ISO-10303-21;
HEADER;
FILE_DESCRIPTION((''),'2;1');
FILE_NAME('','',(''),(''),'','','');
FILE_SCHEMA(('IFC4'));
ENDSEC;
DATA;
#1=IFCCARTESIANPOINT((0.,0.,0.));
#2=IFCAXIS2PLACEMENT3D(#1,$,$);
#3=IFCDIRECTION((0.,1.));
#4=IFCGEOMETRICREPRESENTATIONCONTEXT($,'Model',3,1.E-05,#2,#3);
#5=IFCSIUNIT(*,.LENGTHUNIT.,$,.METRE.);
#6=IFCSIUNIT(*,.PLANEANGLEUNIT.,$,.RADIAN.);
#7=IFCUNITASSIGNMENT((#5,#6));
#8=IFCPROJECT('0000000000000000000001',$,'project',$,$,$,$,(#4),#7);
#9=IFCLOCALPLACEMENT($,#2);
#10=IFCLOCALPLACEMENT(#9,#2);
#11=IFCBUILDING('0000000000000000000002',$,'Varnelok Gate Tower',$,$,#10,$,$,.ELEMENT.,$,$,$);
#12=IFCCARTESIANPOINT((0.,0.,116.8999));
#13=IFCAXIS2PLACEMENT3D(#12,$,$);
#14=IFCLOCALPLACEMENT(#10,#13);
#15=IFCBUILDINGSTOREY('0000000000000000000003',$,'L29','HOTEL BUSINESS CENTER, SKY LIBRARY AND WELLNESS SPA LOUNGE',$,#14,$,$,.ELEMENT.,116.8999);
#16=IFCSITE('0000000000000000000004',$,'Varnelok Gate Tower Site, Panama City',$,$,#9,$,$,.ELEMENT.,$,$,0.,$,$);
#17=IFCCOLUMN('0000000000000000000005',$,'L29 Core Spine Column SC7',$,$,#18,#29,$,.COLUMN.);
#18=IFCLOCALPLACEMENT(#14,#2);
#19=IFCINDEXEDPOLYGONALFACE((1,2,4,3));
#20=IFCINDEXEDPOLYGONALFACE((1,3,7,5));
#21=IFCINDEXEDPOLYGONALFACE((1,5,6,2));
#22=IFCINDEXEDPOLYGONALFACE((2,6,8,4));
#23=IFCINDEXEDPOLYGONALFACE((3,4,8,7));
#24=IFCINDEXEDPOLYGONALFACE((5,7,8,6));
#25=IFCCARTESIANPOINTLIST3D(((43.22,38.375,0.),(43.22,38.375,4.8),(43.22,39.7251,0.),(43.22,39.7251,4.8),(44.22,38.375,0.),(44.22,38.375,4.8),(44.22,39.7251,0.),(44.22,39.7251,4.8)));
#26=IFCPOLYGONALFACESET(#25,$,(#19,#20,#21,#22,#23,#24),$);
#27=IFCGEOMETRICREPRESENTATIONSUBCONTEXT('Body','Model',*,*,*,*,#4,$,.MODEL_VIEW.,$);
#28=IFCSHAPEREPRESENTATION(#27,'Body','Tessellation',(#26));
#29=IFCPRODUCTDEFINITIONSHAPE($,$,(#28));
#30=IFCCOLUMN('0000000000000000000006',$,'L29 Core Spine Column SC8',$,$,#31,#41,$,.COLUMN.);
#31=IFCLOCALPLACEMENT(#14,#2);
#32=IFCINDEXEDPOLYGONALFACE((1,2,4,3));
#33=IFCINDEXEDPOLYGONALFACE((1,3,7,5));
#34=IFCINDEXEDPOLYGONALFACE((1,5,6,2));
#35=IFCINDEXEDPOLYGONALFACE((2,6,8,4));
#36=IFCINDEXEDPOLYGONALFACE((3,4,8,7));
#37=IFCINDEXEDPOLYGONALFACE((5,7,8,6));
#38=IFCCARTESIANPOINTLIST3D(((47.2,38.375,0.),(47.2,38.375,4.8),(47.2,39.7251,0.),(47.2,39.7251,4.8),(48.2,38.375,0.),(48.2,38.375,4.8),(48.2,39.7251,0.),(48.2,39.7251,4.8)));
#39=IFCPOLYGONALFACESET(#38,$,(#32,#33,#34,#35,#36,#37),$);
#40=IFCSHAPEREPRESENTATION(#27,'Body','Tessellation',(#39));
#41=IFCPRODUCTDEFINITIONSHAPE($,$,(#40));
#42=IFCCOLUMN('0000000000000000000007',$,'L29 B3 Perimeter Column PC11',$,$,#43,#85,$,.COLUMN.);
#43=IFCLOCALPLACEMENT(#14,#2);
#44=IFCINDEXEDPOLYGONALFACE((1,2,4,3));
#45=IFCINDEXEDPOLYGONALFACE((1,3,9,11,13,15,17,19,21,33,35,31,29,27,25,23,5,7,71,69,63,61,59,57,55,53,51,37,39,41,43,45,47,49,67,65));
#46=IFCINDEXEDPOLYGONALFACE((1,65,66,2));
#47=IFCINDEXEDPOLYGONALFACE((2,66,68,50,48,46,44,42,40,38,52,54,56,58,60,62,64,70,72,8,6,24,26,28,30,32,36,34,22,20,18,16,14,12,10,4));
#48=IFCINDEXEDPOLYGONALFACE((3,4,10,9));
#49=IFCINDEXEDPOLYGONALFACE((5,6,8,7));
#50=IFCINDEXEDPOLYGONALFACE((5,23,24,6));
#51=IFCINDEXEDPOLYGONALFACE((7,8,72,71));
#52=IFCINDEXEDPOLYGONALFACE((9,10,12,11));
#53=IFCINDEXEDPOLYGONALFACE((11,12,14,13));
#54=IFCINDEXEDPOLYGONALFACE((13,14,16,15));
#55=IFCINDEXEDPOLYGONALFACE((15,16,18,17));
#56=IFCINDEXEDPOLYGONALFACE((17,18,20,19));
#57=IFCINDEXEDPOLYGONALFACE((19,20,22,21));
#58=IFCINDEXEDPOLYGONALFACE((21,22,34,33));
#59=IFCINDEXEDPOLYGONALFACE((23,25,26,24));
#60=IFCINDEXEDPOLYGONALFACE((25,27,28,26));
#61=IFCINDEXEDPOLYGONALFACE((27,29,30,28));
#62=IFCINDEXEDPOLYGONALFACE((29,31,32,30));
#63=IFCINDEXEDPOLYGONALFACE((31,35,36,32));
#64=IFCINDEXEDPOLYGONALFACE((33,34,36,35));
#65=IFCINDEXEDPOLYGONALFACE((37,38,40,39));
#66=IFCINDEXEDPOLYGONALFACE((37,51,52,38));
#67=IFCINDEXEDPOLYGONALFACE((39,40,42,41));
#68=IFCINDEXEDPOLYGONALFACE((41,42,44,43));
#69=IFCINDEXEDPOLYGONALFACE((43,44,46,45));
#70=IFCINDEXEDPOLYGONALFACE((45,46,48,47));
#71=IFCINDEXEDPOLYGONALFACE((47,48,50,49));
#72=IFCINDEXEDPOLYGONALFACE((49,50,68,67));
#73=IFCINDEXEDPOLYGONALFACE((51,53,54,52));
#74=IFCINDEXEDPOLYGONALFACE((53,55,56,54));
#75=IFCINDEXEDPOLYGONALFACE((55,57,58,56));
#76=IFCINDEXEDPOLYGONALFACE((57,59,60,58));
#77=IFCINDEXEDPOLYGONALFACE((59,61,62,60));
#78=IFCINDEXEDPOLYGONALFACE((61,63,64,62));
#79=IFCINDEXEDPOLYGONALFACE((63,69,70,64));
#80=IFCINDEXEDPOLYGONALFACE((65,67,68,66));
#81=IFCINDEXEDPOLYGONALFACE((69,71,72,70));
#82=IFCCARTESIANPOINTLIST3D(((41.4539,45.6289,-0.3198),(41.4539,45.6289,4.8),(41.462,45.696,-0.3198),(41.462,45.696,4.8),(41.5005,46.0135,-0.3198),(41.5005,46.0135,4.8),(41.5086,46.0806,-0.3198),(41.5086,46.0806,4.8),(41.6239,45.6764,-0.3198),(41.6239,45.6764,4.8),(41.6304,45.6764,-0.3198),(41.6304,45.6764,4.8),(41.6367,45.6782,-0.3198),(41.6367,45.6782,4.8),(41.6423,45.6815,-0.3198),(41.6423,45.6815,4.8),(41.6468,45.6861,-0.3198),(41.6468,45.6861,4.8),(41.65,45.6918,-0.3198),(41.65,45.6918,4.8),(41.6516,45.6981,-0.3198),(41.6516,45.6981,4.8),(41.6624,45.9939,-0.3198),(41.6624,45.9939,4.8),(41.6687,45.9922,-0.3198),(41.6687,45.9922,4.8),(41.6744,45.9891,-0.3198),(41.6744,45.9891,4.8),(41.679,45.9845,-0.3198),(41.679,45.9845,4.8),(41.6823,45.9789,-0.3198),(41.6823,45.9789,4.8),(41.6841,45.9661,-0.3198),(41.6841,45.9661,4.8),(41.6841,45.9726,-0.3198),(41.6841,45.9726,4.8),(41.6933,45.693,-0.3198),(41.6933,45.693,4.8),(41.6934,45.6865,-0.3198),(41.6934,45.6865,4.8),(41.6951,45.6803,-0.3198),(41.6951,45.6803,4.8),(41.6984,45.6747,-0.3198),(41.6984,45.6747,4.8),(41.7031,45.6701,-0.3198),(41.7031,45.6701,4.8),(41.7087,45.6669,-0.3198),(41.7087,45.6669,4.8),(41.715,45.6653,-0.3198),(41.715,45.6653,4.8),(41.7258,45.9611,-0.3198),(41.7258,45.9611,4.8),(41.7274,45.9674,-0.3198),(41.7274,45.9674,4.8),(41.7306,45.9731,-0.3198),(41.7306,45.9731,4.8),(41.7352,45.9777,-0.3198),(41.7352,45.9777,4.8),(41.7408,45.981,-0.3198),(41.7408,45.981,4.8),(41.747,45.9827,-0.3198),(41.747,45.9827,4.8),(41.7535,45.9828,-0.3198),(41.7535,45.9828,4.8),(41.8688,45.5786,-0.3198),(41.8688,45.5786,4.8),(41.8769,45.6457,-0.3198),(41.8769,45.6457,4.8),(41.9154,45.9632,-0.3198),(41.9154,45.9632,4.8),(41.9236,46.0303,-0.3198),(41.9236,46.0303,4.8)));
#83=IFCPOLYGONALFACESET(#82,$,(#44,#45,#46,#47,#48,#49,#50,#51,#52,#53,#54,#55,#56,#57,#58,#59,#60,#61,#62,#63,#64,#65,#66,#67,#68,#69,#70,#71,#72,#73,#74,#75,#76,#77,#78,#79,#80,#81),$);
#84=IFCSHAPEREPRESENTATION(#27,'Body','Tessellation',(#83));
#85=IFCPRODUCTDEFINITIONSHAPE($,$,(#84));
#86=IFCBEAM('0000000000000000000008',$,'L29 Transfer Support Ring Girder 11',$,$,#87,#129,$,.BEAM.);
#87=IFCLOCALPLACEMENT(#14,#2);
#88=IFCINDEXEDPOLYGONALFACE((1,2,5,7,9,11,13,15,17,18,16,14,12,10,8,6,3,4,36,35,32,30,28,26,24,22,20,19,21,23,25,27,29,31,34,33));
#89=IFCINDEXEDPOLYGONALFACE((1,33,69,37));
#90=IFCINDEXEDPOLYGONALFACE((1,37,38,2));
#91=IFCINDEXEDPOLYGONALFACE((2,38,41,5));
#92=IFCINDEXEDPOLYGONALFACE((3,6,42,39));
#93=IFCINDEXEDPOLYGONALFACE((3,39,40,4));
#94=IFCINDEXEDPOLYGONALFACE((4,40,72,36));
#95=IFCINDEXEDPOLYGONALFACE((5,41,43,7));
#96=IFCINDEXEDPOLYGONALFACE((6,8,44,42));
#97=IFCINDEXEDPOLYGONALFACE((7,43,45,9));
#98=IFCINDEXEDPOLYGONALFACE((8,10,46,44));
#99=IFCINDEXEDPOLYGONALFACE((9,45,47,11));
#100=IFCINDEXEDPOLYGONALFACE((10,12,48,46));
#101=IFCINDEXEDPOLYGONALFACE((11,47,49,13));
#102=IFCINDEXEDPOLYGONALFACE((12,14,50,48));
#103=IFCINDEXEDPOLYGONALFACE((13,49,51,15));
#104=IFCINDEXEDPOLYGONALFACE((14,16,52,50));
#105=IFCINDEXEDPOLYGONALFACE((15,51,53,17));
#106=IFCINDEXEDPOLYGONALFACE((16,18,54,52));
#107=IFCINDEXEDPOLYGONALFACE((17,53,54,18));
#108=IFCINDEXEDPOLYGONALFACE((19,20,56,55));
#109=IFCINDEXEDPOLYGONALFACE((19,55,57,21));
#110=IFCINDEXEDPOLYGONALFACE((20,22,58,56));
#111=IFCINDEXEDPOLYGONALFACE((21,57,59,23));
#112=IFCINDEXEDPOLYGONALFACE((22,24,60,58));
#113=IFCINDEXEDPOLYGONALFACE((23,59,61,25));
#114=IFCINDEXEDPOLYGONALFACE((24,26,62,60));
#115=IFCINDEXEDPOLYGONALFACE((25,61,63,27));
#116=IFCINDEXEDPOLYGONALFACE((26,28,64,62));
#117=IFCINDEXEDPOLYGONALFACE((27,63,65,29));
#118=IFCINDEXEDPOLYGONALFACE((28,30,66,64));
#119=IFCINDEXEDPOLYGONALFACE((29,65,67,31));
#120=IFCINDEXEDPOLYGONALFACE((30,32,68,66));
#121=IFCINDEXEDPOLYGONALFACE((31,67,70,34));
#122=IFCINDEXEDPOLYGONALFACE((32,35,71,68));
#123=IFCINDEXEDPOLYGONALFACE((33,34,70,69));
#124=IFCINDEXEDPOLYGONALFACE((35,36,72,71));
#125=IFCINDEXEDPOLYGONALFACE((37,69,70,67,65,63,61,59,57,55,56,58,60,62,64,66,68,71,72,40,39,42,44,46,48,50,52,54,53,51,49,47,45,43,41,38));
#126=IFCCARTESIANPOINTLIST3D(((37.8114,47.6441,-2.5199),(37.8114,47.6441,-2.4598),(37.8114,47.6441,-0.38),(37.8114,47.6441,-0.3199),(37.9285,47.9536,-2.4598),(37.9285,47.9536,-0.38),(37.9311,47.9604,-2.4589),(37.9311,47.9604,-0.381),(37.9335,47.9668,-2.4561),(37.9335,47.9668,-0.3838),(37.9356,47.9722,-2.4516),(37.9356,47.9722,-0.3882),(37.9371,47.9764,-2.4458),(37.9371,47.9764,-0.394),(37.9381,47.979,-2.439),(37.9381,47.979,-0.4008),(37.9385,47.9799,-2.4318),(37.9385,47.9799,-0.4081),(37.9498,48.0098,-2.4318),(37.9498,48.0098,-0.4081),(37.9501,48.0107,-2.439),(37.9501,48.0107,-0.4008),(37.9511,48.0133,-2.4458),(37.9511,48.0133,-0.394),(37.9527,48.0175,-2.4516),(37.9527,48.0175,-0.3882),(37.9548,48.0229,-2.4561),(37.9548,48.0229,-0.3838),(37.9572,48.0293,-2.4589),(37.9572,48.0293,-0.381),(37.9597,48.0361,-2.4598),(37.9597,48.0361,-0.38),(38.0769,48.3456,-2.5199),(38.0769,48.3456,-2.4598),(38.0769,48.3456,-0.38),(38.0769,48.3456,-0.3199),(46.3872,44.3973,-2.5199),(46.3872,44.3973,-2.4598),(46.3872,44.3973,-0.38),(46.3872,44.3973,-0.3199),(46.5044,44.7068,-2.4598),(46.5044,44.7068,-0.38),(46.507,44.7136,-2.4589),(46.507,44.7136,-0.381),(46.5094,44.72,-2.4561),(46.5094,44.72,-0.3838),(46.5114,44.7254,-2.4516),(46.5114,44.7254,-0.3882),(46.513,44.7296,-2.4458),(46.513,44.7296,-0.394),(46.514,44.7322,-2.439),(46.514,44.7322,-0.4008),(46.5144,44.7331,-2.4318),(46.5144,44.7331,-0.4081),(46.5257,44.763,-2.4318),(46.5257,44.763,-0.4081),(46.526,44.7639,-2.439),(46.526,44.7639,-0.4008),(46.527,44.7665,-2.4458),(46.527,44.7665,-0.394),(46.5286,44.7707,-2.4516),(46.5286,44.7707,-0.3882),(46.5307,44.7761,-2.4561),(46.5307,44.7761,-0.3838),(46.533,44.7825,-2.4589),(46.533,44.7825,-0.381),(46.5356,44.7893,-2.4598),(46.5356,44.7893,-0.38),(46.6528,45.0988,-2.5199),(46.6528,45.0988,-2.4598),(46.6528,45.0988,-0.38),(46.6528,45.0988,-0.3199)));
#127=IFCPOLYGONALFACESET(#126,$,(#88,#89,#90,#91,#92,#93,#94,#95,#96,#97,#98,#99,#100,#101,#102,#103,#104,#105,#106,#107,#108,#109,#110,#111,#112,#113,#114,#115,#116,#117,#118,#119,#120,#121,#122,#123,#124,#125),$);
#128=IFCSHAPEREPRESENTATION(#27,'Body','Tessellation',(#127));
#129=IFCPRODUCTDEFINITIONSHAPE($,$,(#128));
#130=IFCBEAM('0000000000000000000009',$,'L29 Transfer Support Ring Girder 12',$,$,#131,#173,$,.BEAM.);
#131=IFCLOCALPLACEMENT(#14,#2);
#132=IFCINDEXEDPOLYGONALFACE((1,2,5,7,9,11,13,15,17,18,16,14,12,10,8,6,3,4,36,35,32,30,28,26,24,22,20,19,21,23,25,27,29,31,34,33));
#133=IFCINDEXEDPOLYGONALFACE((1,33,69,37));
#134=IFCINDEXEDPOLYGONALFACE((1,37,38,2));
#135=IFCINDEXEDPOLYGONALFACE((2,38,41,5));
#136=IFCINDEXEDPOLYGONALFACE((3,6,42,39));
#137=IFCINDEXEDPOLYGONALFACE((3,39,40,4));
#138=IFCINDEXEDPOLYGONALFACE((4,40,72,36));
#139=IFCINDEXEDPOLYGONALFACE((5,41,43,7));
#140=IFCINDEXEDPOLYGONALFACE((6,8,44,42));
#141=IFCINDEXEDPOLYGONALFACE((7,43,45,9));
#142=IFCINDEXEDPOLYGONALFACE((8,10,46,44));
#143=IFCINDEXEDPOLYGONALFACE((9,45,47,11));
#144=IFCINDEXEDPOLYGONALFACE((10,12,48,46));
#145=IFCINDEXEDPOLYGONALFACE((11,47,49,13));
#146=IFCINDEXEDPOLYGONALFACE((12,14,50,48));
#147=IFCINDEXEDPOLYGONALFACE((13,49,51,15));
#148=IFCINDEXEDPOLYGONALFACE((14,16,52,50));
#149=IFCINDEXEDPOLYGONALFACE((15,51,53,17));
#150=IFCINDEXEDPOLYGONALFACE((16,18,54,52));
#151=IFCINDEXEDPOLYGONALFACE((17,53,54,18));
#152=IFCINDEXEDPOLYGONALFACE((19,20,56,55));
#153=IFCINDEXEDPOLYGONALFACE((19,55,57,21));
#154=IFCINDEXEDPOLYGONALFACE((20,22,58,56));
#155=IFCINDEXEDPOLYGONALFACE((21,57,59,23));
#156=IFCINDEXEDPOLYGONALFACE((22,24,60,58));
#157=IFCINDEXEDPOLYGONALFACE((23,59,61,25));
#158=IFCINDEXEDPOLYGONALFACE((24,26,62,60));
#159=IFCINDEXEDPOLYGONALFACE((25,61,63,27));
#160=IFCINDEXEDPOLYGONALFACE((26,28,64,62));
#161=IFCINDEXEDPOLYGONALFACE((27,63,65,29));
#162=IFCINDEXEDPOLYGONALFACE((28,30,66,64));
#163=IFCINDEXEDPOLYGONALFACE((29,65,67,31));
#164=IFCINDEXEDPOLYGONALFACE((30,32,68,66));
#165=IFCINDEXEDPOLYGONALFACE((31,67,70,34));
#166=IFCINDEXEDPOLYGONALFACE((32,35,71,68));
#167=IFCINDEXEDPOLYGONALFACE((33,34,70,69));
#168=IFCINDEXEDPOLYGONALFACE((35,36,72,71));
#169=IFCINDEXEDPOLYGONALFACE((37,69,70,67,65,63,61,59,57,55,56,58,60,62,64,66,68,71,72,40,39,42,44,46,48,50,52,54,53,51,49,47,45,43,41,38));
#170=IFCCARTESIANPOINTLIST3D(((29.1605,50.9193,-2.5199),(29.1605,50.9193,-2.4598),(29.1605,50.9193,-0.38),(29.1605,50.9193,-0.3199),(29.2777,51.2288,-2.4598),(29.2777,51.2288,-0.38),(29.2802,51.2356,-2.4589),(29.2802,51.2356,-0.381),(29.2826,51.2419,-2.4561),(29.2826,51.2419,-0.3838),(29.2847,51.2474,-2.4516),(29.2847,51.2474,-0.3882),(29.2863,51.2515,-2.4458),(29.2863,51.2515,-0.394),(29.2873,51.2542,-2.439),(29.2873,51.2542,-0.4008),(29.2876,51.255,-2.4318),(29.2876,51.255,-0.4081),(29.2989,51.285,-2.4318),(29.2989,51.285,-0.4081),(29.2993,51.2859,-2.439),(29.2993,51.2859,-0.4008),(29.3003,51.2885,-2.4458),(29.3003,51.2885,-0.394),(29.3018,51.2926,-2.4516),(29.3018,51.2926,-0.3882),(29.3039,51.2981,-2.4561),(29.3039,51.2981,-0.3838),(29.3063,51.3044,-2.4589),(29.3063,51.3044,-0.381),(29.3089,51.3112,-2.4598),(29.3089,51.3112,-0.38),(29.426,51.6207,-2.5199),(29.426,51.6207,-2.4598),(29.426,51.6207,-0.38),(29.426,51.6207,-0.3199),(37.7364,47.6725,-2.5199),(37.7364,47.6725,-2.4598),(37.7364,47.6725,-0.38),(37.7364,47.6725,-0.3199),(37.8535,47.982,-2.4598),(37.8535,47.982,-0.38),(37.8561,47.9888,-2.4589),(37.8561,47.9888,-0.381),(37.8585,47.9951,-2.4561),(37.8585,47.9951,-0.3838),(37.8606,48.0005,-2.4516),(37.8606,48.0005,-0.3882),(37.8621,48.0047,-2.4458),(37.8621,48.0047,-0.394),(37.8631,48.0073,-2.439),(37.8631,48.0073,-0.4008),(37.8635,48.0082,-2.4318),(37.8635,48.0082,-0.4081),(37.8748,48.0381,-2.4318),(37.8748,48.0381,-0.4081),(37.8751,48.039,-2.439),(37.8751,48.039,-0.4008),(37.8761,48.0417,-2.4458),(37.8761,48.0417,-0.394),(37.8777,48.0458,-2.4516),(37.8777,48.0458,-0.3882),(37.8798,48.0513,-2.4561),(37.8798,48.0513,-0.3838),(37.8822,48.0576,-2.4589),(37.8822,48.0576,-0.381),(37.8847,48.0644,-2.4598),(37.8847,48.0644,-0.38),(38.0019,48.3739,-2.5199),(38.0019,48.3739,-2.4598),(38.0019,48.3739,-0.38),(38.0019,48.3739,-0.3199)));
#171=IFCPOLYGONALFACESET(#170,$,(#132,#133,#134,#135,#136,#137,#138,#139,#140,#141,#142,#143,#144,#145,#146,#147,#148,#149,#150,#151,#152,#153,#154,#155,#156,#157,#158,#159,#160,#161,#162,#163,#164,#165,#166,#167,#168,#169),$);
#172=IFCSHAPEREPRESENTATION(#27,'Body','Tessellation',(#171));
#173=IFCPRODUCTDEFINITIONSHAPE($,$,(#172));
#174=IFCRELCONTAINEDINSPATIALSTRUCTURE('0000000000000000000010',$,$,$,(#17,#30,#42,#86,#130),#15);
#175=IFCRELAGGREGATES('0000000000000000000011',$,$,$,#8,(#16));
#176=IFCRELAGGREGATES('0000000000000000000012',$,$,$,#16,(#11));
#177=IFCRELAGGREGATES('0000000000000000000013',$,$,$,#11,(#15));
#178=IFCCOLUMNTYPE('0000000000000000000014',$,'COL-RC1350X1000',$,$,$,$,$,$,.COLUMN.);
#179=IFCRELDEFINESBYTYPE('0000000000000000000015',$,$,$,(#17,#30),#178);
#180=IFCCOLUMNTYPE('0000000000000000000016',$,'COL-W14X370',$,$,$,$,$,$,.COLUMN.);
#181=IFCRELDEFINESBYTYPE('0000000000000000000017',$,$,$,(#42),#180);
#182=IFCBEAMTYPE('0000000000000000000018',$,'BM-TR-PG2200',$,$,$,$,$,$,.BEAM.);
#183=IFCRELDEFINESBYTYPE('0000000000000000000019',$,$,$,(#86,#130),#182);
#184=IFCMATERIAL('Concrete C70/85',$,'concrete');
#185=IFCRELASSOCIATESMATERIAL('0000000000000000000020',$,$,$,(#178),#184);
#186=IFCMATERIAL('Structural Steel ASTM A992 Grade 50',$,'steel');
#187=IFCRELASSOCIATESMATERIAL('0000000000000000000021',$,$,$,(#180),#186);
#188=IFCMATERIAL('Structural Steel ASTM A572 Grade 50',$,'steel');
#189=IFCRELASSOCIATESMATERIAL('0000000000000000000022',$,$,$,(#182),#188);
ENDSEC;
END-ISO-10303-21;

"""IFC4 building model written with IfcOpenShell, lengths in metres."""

from ifc_helpers import new_model, si_unit, direction, frame, origin, origin_2d, place, context, subcontext, project, spatial, rectangle, i_section, extrude, material, material_profile, profile_set, type_object, element, save


model = new_model("IFC4")

# Units and contexts
model_context = context("Model", 3, precision=1e-05, world=origin(), true_north=direction((0.0, 1.0)))
body_context = subcontext(model_context, "Body", "Model", "MODEL_VIEW")
ifc_project = project(units=[si_unit("LENGTHUNIT", "METRE"), si_unit("PLANEANGLEUNIT", "RADIAN")], contexts=[model_context])

# Site, building, storey
site_placement = place(None, origin())
site = spatial("IfcSite", under=ifc_project, at=site_placement, Name="Varnelok Gate Tower Site, Panama City", CompositionType="ELEMENT", RefElevation=0.0)
building_placement = place(site_placement, origin())
building = spatial("IfcBuilding", under=site, at=building_placement, Name="Varnelok Gate Tower", CompositionType="ELEMENT")
storey_placement = place(building_placement, frame((0.0, 0.0, 116.8999)))
storey = spatial("IfcBuildingStorey", under=building, at=storey_placement, Name="L29", Description="HOTEL BUSINESS CENTER, SKY LIBRARY AND WELLNESS SPA LOUNGE", CompositionType="ELEMENT", Elevation=116.8999)

# Columns
ifc_material_1 = material(Name="Concrete C70/85", Category="concrete")
ifc_material_profile_1 = material_profile(ifc_material_1, rectangle(XDim=1.0, YDim=1.3501, at=origin_2d()), Name="RC1350X1000")
ifc_profile_set_1 = profile_set([ifc_material_profile_1], Name="Concrete C70/85")
column_type_1 = type_object("IfcColumnType", Name="COL-RC1350X1000", PredefinedType="COLUMN", material=ifc_profile_set_1)
for number, where, z_axis, x_axis, name in (
    (1, (43.72, 39.05, 0.0), (0.0, 0.0, 1.0), (1.0, 0.0, 0.0), "L29 Core Spine Column SC7"),
    (2, (47.7, 39.05, 0.0), (0.0, 0.0, 1.0), (1.0, 0.0, 0.0), "L29 Core Spine Column SC8"),
):
    element("IfcColumn", number, at=place(storey_placement, frame(where, z_axis=z_axis, x_axis=x_axis)), inside=storey, type_object=column_type_1, Name=name, PredefinedType="COLUMN", context=body_context, shape_type="SweptSolid", body=[
        extrude(rectangle(XDim=1.0, YDim=1.3501, at=origin_2d()), origin(), (0.0, 0.0, 1.0), 4.8),
    ])
ifc_material_2 = material(Name="Structural Steel ASTM A992 Grade 50", Category="steel")
ifc_material_profile_2 = material_profile(ifc_material_2, i_section(OverallWidth=0.418, OverallDepth=0.4551, WebThickness=0.042, FlangeThickness=0.0676, FilletRadius=0.0249, at=origin_2d()), Name="W14X370")
ifc_profile_set_2 = profile_set([ifc_material_profile_2], Name="Structural Steel ASTM A992 Grade 50")
column_type_2 = type_object("IfcColumnType", Name="COL-W14X370", PredefinedType="COLUMN", material=ifc_profile_set_2)
column_placement = place(storey_placement, frame((41.6887, 45.8296, -0.3198), z_axis=(0.0, 0.0, 1.0), x_axis=(0.992732, -0.120345, 0.0)))
element("IfcColumn", 3, at=column_placement, inside=storey, type_object=column_type_2, Name="L29 B3 Perimeter Column PC11", PredefinedType="COLUMN", context=body_context, shape_type="SweptSolid", body=[
    extrude(i_section(OverallWidth=0.418, OverallDepth=0.4551, WebThickness=0.042, FlangeThickness=0.0676, FilletRadius=0.0249, at=origin_2d()), origin(), (0.0, 0.0, 1.0), 5.1199),
])

# Beams
ifc_material_3 = material(Name="Structural Steel ASTM A572 Grade 50", Category="steel")
ifc_material_profile_3 = material_profile(ifc_material_3, i_section(OverallWidth=0.75, OverallDepth=2.2, WebThickness=0.032, FlangeThickness=0.0601, FilletRadius=0.0281, at=origin_2d()), Name="PG2200X750")
ifc_profile_set_3 = profile_set([ifc_material_profile_3], Name="Structural Steel ASTM A572 Grade 50")
beam_type = type_object("IfcBeamType", Name="BM-TR-PG2200", PredefinedType="BEAM", material=ifc_profile_set_3)
for number, where, z_axis, x_axis, name in (
    (4, (46.52, 44.748, -1.4199), (-0.935218, 0.354071, 0.0), (-0.354071, -0.935218, 0.0), "L29 Transfer Support Ring Girder 11"),
    (5, (37.8691, 48.0232, -1.4199), (-0.935218, 0.354071, 0.0), (-0.354071, -0.935218, 0.0), "L29 Transfer Support Ring Girder 12"),
):
    element("IfcBeam", number, at=place(storey_placement, frame(where, z_axis=z_axis, x_axis=x_axis)), inside=storey, type_object=beam_type, Name=name, PredefinedType="BEAM", context=body_context, shape_type="SweptSolid", body=[
        extrude(i_section(OverallWidth=0.75, OverallDepth=2.2, WebThickness=0.032, FlangeThickness=0.0601, FilletRadius=0.0281, at=origin_2d()), origin(), (0.0, 0.0, 1.0), 9.1699),
    ])

save(model, "model.ifc")
